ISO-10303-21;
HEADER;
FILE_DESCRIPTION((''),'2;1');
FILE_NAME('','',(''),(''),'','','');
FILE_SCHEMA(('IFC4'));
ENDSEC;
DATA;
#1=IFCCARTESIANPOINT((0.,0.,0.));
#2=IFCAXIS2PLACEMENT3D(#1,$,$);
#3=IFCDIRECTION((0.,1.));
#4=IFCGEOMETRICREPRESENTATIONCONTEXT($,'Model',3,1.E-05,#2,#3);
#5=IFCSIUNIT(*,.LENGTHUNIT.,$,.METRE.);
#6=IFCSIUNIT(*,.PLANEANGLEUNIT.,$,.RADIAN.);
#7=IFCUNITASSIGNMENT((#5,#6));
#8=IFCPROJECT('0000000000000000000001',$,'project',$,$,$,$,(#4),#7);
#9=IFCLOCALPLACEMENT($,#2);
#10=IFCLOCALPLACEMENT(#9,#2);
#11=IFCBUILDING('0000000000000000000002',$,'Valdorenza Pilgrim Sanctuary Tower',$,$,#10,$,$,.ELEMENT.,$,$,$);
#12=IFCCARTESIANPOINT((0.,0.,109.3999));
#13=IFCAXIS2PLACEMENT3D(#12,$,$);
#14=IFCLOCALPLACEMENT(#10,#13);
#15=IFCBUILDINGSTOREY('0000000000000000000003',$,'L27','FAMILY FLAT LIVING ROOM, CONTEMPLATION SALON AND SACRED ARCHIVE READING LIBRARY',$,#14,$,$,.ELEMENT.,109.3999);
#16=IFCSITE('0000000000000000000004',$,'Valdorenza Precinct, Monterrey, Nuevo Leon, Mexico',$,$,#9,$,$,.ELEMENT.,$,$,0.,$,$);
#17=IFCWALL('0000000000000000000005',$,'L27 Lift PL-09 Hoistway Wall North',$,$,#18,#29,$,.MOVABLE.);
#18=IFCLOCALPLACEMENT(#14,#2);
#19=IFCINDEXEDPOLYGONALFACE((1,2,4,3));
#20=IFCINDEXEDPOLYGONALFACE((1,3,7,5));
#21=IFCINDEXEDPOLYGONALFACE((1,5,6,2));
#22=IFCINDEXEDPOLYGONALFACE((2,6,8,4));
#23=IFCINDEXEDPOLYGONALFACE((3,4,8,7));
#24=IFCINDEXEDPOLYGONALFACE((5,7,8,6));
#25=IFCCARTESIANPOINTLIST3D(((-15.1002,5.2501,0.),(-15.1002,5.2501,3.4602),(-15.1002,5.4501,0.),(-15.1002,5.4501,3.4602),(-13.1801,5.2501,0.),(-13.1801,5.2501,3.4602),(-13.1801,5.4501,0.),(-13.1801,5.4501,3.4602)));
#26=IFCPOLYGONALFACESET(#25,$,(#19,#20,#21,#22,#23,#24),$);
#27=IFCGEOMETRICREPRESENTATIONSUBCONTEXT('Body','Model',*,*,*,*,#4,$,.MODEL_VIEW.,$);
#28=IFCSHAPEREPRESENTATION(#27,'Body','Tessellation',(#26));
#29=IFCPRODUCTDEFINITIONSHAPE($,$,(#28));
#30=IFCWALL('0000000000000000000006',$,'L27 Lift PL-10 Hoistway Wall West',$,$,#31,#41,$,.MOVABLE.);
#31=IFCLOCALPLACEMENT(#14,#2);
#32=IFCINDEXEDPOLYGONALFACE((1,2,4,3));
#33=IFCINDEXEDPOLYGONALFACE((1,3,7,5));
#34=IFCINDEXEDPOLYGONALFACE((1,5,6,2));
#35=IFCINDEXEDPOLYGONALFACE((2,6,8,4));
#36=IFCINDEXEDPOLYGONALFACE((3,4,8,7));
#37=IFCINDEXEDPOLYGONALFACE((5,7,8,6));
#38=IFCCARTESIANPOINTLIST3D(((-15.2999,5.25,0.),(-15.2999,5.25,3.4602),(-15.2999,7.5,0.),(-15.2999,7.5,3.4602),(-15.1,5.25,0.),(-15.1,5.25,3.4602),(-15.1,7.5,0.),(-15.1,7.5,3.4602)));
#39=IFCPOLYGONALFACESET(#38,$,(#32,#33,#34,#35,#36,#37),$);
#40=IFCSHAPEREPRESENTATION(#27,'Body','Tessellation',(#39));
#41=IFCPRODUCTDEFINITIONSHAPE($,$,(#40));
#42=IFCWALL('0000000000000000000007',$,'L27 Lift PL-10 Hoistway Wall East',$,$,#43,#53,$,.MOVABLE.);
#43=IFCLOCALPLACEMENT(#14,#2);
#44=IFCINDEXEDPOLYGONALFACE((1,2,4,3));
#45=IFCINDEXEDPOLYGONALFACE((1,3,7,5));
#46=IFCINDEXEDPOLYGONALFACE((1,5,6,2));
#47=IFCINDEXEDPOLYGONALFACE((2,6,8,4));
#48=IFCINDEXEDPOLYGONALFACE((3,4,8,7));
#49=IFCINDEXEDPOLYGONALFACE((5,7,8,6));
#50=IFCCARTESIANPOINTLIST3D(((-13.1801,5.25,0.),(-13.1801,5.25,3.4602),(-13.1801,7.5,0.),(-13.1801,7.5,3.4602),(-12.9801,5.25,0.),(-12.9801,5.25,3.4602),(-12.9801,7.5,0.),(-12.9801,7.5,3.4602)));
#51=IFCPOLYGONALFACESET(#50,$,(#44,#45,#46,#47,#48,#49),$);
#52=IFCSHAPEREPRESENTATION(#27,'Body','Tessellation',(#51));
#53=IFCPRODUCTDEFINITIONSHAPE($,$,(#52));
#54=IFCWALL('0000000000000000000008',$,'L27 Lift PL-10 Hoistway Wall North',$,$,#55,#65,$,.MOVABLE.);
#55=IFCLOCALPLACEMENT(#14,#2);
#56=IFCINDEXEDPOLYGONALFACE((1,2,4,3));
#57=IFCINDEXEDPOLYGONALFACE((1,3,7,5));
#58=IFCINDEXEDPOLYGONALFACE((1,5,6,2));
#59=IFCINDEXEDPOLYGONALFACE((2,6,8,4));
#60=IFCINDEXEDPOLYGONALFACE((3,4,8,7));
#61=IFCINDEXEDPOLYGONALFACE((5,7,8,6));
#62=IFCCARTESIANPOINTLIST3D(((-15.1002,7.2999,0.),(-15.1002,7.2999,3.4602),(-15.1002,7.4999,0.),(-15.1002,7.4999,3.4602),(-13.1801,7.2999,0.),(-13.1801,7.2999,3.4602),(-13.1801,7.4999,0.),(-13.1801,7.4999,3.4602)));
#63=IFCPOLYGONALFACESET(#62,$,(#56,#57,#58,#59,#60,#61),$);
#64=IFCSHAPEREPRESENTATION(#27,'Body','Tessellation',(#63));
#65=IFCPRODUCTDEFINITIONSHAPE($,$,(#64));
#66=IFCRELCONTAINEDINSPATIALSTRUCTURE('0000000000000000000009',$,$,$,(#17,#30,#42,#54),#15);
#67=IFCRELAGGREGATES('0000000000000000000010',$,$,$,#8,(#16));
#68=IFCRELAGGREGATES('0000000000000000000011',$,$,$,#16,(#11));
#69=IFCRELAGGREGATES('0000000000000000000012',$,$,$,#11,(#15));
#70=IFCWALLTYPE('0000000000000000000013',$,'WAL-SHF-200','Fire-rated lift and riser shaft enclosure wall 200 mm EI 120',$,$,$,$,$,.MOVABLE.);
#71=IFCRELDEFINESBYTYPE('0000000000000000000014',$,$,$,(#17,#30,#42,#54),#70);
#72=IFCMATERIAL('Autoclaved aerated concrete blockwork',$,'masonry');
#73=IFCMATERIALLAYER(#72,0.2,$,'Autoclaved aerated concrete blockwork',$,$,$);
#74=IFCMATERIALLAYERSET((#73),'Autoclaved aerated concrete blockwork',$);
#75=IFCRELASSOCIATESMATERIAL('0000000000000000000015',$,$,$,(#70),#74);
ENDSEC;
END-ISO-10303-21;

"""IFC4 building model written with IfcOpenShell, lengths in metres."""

from ifc_helpers import new_model, si_unit, direction, frame, frame_2d, origin, place, context, subcontext, project, spatial, rectangle, extrude, material, layer, layer_set, type_object, element, save


model = new_model("IFC4")

# Units and contexts
model_context = context("Model", 3, precision=1e-05, world=origin(), true_north=direction((0.0, 1.0)))
body_context = subcontext(model_context, "Body", "Model", "MODEL_VIEW")
ifc_project = project(units=[si_unit("LENGTHUNIT", "METRE"), si_unit("PLANEANGLEUNIT", "RADIAN")], contexts=[model_context])

# Site, building, storey
site_placement = place(None, origin())
site = spatial("IfcSite", under=ifc_project, at=site_placement, Name="Valdorenza Precinct, Monterrey, Nuevo Leon, Mexico", CompositionType="ELEMENT", RefElevation=0.0)
building_placement = place(site_placement, origin())
building = spatial("IfcBuilding", under=site, at=building_placement, Name="Valdorenza Pilgrim Sanctuary Tower", CompositionType="ELEMENT")
storey_placement = place(building_placement, frame((0.0, 0.0, 109.3999)))
storey = spatial("IfcBuildingStorey", under=building, at=storey_placement, Name="L27", Description="FAMILY FLAT LIVING ROOM, CONTEMPLATION SALON AND SACRED ARCHIVE READING LIBRARY", CompositionType="ELEMENT", Elevation=109.3999)

# Walls
ifc_material_1 = material(Name="Autoclaved aerated concrete blockwork", Category="masonry")
ifc_layer_1 = layer(ifc_material_1, 0.2, Name="Autoclaved aerated concrete blockwork")
ifc_layer_set_1 = layer_set([ifc_layer_1], Name="Autoclaved aerated concrete blockwork")
wall_type_1 = type_object("IfcWallType", Name="WAL-SHF-200", Description="Fire-rated lift and riser shaft enclosure wall 200 mm EI 120", PredefinedType="MOVABLE", material=ifc_layer_set_1)
for number, where, z_axis, x_axis, name in (
    (1, (-15.1001, 5.3501, 0.0), (0.0, 0.0, 1.0), (1.0, 0.0, 0.0), "L27 Lift PL-09 Hoistway Wall North"),
):
    element("IfcWall", number, at=place(storey_placement, frame(where, z_axis=z_axis, x_axis=x_axis)), inside=storey, type_object=wall_type_1, Name=name, PredefinedType="MOVABLE", context=body_context, shape_type="SweptSolid", body=[
        extrude(rectangle(XDim=1.9202, YDim=0.2, at=frame_2d((0.96, 0.0))), origin(), (0.0, 0.0, 1.0), 3.4602),
    ])
for number, where, z_axis, x_axis, name in (
    (2, (-15.2, 5.25, 0.0), (0.0, 0.0, 1.0), (0.0, 1.0, 0.0), "L27 Lift PL-10 Hoistway Wall West"),
    (3, (-13.0801, 5.25, 0.0), (0.0, 0.0, 1.0), (0.0, 1.0, 0.0), "L27 Lift PL-10 Hoistway Wall East"),
):
    element("IfcWall", number, at=place(storey_placement, frame(where, z_axis=z_axis, x_axis=x_axis)), inside=storey, type_object=wall_type_1, Name=name, PredefinedType="MOVABLE", context=body_context, shape_type="SweptSolid", body=[
        extrude(rectangle(XDim=2.25, YDim=0.2, at=frame_2d((1.125, 0.0))), origin(), (0.0, 0.0, 1.0), 3.4602),
    ])
wall_1_placement = place(storey_placement, frame((-15.1001, 7.3999, 0.0), z_axis=(0.0, 0.0, 1.0), x_axis=(1.0, 0.0, 0.0)))
element("IfcWall", 4, at=wall_1_placement, inside=storey, type_object=wall_type_1, Name="L27 Lift PL-10 Hoistway Wall North", PredefinedType="MOVABLE", context=body_context, shape_type="SweptSolid", body=[
    extrude(rectangle(XDim=1.9202, YDim=0.2, at=frame_2d((0.96, 0.0))), origin(), (0.0, 0.0, 1.0), 3.4602),
])

save(model, "model.ifc")
